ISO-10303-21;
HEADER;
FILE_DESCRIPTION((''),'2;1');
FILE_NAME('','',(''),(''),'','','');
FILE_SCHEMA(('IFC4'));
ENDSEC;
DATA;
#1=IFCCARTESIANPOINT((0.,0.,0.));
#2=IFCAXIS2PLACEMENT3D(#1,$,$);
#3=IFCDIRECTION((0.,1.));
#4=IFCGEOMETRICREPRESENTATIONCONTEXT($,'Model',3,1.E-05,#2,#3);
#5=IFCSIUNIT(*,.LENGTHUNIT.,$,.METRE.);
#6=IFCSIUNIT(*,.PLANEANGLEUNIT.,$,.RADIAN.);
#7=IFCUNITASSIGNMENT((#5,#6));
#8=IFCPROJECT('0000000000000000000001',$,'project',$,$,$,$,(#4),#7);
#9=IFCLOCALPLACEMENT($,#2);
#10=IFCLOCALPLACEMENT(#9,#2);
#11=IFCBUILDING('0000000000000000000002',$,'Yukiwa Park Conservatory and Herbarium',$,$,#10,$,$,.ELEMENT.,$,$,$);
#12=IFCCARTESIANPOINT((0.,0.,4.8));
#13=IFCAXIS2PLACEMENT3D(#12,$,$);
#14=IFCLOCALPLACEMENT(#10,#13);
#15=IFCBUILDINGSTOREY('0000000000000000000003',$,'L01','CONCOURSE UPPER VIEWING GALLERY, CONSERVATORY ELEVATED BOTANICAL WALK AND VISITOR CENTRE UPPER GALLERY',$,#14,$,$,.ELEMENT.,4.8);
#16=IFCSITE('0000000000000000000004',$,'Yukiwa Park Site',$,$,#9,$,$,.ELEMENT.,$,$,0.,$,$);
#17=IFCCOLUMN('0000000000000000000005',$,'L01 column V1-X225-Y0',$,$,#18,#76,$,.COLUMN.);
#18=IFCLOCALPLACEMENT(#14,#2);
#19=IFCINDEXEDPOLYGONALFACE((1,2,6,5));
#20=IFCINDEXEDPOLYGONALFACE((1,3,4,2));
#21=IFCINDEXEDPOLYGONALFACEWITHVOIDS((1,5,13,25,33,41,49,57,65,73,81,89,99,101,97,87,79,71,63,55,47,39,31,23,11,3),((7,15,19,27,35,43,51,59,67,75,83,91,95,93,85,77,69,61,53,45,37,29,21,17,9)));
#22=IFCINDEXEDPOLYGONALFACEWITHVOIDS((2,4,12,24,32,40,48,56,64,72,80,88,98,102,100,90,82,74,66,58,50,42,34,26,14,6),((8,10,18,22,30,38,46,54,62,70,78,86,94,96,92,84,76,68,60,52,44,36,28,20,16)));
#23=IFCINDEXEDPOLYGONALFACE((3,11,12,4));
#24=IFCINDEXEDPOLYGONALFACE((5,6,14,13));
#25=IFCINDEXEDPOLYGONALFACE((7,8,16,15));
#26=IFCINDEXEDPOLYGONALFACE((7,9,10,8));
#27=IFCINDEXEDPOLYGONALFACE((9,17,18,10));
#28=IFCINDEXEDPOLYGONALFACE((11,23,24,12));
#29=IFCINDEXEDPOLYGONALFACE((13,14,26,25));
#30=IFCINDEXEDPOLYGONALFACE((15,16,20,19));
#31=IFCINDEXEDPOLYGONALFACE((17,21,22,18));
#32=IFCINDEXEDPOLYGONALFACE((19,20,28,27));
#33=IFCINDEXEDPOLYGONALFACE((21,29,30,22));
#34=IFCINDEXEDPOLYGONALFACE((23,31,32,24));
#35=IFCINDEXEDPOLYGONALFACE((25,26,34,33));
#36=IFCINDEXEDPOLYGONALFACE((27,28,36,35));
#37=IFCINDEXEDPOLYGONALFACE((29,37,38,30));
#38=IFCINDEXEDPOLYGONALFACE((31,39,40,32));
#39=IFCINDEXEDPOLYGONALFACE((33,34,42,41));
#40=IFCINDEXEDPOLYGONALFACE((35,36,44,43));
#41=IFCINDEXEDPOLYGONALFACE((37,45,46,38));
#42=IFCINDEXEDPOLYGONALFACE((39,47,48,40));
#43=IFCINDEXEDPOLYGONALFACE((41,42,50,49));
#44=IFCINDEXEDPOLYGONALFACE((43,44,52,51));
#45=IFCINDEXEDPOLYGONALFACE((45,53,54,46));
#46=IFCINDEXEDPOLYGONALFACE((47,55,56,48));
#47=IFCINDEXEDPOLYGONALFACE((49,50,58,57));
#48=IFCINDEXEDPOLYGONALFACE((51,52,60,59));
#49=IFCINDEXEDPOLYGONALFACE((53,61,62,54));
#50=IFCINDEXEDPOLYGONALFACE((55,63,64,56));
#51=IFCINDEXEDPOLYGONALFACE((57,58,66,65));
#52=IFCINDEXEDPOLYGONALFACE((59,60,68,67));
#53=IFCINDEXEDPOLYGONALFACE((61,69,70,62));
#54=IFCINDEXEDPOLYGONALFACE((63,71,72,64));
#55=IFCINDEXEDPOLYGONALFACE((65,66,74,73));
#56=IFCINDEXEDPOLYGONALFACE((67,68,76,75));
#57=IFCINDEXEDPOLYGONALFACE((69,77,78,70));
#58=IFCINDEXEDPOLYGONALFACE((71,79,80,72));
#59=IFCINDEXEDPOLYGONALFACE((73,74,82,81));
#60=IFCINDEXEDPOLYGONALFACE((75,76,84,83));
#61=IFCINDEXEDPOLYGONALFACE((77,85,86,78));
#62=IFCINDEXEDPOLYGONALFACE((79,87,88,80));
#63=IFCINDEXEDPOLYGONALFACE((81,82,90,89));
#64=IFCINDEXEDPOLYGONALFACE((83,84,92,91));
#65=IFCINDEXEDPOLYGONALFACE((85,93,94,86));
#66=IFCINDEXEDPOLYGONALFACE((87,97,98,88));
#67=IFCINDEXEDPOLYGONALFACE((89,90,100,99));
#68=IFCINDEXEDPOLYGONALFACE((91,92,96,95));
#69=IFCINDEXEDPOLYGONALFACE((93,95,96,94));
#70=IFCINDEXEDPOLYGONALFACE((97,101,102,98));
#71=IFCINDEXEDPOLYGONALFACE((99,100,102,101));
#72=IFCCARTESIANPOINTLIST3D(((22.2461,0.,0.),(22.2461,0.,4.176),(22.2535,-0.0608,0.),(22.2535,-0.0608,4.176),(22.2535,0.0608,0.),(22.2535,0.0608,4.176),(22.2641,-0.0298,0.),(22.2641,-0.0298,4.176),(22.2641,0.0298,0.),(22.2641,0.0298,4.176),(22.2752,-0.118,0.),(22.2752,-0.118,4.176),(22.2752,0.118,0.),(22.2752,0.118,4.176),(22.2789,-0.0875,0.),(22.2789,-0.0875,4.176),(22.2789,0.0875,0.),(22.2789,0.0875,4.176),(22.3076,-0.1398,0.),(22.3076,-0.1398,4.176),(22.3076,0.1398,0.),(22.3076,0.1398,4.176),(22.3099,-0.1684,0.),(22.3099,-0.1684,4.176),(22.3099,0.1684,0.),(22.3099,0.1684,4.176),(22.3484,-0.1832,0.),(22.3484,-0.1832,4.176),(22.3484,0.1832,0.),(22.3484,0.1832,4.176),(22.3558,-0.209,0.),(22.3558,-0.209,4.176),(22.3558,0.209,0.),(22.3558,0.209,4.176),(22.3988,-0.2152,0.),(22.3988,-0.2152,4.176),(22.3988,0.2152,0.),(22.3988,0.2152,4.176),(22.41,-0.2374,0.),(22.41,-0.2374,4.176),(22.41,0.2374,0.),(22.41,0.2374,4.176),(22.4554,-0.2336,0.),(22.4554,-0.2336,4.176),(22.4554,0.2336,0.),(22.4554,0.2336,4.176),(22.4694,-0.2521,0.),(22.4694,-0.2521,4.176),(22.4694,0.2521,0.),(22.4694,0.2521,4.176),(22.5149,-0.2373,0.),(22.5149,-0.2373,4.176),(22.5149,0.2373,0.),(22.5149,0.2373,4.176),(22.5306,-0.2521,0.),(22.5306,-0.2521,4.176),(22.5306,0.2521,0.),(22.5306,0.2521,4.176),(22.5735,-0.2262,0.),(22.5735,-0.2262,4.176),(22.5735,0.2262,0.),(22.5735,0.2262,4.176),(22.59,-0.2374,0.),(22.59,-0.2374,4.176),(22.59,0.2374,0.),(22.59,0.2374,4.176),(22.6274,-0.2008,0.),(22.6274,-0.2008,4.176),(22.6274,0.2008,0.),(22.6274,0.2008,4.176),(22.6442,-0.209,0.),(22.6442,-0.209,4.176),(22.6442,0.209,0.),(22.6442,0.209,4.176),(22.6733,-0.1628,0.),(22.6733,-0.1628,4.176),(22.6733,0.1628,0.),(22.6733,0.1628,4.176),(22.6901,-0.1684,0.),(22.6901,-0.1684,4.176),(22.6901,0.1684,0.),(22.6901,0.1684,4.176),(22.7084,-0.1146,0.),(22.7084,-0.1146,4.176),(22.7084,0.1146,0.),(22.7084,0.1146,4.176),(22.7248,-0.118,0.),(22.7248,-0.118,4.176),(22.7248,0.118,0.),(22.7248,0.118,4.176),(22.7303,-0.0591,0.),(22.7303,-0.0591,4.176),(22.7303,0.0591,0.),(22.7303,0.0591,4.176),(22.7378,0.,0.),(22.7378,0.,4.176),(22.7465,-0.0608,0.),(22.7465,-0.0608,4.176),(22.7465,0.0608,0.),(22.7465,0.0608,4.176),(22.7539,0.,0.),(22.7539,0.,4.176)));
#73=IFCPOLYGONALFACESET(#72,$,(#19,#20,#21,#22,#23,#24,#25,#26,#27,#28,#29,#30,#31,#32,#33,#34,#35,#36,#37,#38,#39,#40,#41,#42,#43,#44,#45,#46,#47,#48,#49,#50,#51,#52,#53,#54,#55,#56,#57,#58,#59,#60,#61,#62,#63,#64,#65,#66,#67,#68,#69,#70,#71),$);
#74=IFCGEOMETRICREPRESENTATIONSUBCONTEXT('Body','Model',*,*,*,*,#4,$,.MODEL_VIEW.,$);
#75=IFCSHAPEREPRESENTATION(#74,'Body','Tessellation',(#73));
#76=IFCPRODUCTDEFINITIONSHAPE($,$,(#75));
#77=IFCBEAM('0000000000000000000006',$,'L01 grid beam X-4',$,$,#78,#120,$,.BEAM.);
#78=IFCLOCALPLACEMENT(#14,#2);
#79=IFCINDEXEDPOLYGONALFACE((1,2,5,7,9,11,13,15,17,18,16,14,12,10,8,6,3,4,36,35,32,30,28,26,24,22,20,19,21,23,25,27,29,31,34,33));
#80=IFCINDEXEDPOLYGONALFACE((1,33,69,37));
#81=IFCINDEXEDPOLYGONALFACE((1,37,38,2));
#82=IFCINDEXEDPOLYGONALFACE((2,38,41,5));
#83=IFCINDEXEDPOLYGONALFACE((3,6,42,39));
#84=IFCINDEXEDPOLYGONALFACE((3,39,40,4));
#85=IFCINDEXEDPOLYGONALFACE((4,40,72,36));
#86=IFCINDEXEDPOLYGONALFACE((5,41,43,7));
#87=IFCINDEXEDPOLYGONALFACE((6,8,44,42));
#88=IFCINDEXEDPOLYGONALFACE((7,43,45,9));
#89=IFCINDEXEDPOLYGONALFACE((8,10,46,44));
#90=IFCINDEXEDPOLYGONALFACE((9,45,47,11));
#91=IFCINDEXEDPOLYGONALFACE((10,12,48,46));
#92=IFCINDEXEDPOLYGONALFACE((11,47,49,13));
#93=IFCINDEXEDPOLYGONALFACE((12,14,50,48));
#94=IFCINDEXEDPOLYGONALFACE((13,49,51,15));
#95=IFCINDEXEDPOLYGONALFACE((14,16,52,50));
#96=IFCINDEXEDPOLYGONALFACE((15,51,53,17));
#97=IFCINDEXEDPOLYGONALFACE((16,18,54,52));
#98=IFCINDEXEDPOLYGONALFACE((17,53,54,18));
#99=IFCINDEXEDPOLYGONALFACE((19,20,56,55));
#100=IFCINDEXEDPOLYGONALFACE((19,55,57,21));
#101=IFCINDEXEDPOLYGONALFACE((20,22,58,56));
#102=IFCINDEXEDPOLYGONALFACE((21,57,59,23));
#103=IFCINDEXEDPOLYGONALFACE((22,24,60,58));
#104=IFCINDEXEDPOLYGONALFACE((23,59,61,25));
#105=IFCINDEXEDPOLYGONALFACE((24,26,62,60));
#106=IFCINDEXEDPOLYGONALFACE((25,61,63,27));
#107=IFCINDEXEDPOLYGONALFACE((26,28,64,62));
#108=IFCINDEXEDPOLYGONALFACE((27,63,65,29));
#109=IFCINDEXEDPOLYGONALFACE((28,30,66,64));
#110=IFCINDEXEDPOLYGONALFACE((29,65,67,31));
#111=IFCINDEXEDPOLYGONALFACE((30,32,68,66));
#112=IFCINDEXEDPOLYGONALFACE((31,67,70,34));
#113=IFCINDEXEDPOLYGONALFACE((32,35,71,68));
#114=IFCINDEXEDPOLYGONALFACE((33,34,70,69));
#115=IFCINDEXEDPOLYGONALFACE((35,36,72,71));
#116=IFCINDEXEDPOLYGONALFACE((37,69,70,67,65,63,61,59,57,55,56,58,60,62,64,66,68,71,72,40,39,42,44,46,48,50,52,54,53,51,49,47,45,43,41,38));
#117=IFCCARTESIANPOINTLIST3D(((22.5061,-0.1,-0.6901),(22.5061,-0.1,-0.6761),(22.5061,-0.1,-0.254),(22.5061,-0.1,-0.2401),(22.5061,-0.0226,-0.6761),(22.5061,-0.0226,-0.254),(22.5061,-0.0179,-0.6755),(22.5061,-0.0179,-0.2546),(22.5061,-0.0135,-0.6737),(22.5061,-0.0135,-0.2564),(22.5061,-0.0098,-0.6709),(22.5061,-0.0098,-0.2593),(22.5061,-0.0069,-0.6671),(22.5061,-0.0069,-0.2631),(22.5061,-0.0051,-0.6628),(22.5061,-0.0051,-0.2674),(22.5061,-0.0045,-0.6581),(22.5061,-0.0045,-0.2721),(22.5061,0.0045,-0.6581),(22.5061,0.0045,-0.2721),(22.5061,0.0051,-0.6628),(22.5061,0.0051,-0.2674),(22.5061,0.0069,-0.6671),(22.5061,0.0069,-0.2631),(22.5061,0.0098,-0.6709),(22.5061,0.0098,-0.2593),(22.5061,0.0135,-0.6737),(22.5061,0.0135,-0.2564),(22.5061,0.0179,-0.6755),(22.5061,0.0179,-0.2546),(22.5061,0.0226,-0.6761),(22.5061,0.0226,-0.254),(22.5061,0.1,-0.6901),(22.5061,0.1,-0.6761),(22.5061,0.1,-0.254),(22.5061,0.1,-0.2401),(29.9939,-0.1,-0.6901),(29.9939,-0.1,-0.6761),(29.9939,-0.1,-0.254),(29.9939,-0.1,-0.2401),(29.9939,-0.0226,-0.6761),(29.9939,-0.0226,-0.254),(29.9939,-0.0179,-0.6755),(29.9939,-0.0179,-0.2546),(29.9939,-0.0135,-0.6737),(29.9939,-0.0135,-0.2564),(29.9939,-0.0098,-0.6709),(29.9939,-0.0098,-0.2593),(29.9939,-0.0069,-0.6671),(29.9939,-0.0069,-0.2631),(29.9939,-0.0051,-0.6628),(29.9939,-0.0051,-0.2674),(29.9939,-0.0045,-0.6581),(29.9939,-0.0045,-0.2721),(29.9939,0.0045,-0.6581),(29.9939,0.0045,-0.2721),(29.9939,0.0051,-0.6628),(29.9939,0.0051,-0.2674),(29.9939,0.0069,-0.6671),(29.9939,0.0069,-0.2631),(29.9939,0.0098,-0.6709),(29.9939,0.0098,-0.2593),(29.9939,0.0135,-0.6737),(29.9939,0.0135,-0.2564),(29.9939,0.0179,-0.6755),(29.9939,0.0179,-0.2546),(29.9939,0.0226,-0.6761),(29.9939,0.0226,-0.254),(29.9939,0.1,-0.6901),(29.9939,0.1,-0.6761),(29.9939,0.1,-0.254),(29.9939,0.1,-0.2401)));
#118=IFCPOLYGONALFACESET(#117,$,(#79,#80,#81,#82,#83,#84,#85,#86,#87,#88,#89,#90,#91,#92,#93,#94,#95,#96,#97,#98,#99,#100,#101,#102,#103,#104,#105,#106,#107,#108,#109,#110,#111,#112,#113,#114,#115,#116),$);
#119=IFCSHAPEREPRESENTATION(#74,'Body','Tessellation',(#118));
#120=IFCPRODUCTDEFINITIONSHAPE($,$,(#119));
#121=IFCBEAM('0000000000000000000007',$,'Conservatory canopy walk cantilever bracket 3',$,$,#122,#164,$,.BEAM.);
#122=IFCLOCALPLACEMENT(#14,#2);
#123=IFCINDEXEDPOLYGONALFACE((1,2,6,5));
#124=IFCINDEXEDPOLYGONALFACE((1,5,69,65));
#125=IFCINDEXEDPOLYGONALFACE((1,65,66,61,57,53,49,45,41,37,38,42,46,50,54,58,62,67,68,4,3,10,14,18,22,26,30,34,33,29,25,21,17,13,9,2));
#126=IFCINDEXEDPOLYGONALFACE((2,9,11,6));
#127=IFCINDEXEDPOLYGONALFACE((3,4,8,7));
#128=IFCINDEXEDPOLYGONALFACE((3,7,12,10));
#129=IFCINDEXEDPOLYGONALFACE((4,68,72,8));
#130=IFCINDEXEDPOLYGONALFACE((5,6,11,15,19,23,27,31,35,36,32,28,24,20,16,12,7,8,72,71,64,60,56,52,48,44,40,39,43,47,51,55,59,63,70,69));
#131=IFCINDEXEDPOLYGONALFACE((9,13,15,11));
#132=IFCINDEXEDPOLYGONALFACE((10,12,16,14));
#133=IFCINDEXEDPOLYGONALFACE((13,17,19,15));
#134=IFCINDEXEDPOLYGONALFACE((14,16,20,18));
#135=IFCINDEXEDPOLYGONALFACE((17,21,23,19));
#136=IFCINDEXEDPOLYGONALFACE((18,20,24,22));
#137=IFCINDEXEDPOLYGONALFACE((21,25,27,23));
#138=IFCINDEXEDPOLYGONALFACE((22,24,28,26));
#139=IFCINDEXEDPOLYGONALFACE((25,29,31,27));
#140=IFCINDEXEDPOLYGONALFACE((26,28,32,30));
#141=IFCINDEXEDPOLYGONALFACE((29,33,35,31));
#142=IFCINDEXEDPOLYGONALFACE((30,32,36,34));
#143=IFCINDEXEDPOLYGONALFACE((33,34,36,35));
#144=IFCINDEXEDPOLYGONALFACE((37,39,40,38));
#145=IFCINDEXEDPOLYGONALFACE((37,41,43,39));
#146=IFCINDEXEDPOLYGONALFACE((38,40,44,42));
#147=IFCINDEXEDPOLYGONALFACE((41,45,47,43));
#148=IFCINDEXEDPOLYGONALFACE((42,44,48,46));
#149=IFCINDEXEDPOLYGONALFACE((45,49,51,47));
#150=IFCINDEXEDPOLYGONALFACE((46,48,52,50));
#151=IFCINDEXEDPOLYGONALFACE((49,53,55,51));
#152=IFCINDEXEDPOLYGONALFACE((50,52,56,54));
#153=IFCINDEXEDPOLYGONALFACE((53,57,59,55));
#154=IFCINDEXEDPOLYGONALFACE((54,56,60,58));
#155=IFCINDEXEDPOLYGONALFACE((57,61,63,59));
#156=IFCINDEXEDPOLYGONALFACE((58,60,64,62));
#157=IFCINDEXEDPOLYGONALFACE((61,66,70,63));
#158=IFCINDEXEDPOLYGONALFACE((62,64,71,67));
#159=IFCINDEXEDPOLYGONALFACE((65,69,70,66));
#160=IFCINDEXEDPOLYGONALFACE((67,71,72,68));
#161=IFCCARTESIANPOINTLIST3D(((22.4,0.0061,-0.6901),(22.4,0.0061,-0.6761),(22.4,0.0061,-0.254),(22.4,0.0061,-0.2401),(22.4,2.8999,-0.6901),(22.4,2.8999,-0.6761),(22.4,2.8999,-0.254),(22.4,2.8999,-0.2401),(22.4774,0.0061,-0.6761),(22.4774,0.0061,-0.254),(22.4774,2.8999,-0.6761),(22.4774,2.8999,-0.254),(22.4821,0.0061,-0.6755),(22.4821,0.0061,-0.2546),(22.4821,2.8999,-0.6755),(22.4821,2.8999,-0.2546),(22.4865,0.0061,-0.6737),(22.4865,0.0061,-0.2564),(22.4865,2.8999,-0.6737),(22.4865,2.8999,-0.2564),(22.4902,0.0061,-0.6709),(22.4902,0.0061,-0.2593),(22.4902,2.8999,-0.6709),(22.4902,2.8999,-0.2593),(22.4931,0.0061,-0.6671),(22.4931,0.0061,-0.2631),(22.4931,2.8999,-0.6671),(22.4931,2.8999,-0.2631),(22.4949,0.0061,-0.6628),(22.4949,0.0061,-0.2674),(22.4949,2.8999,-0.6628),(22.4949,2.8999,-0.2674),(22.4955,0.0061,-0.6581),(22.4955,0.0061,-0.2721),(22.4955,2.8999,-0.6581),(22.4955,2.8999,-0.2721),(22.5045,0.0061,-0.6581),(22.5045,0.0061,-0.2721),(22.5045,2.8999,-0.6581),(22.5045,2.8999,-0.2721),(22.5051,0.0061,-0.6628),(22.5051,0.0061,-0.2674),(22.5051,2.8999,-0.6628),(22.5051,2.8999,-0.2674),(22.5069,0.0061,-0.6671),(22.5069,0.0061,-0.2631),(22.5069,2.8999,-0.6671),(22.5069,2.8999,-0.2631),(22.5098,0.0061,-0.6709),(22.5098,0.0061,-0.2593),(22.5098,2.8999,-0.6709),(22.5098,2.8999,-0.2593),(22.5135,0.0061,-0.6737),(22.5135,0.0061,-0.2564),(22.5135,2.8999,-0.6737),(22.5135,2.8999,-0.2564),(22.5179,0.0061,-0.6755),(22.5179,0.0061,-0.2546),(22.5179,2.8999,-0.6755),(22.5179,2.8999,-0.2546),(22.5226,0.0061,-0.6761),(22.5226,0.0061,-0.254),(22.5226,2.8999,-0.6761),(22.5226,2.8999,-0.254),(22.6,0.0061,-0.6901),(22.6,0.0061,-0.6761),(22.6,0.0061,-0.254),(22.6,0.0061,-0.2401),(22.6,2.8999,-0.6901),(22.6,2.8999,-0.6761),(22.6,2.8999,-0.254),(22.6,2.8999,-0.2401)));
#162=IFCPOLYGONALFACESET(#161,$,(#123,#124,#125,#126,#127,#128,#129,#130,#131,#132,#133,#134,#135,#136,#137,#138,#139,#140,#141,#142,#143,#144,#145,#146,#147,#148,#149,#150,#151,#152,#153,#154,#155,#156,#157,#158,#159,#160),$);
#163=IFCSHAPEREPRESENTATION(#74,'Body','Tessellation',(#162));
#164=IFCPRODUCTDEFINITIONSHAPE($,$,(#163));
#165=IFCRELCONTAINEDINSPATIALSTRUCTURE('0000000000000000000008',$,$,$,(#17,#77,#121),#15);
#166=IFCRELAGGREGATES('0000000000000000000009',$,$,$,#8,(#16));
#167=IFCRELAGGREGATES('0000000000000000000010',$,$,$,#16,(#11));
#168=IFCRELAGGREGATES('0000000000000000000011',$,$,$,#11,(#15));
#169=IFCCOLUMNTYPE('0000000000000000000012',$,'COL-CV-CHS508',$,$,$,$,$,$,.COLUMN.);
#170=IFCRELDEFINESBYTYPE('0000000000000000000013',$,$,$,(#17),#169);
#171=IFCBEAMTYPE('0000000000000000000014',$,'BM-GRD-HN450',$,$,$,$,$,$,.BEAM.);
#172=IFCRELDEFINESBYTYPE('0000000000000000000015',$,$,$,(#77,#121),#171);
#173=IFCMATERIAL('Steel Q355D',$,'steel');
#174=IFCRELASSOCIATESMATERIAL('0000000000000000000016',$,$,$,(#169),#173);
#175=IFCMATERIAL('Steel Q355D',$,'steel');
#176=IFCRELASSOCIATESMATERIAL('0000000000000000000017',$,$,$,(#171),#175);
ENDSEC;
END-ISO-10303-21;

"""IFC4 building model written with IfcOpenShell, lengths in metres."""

from ifc_helpers import new_model, si_unit, direction, frame, origin, origin_2d, place, context, subcontext, project, spatial, hollow_circle, i_section, extrude, material, material_profile, profile_set, type_object, element, save


model = new_model("IFC4")

# Units and contexts
model_context = context("Model", 3, precision=1e-05, world=origin(), true_north=direction((0.0, 1.0)))
body_context = subcontext(model_context, "Body", "Model", "MODEL_VIEW")
ifc_project = project(units=[si_unit("LENGTHUNIT", "METRE"), si_unit("PLANEANGLEUNIT", "RADIAN")], contexts=[model_context])

# Site, building, storey
site_placement = place(None, origin())
site = spatial("IfcSite", under=ifc_project, at=site_placement, Name="Yukiwa Park Site", CompositionType="ELEMENT", RefElevation=0.0)
building_placement = place(site_placement, origin())
building = spatial("IfcBuilding", under=site, at=building_placement, Name="Yukiwa Park Conservatory and Herbarium", CompositionType="ELEMENT")
storey_placement = place(building_placement, frame((0.0, 0.0, 4.8)))
storey = spatial("IfcBuildingStorey", under=building, at=storey_placement, Name="L01", Description="CONCOURSE UPPER VIEWING GALLERY, CONSERVATORY ELEVATED BOTANICAL WALK AND VISITOR CENTRE UPPER GALLERY", CompositionType="ELEMENT", Elevation=4.8)

# Column
ifc_material_1 = material(Name="Steel Q355D", Category="steel")
ifc_material_profile_1 = material_profile(ifc_material_1, hollow_circle(Radius=0.2539, WallThickness=0.0161, at=origin_2d()), Name="CHS 508x16")
ifc_profile_set_1 = profile_set([ifc_material_profile_1], Name="Steel Q355D")
column_type = type_object("IfcColumnType", Name="COL-CV-CHS508", PredefinedType="COLUMN", material=ifc_profile_set_1)
column_placement = place(storey_placement, frame((22.5, 0.0, 0.0), z_axis=(0.0, 0.0, 1.0), x_axis=(1.0, 0.0, 0.0)))
element("IfcColumn", 1, at=column_placement, inside=storey, type_object=column_type, Name="L01 column V1-X225-Y0", PredefinedType="COLUMN", context=body_context, shape_type="SweptSolid", body=[
    extrude(hollow_circle(Radius=0.2539, WallThickness=0.0161, at=origin_2d()), origin(), (0.0, 0.0, 1.0), 4.176),
])

# Beams
ifc_material_2 = material(Name="Steel Q355D", Category="steel")
ifc_material_profile_2 = material_profile(ifc_material_2, i_section(OverallWidth=0.2, OverallDepth=0.45, WebThickness=0.009, FlangeThickness=0.0139, FilletRadius=0.0181, at=origin_2d()), Name="HN 450x200x9x14")
ifc_profile_set_2 = profile_set([ifc_material_profile_2], Name="Steel Q355D")
beam_type = type_object("IfcBeamType", Name="BM-GRD-HN450", PredefinedType="BEAM", material=ifc_profile_set_2)
beam_1_placement = place(storey_placement, frame((22.5061, 0.0, -0.4651), z_axis=(1.0, 0.0, 0.0), x_axis=(0.0, 1.0, 0.0)))
element("IfcBeam", 2, at=beam_1_placement, inside=storey, type_object=beam_type, Name="L01 grid beam X-4", PredefinedType="BEAM", context=body_context, shape_type="SweptSolid", body=[
    extrude(i_section(OverallWidth=0.2, OverallDepth=0.45, WebThickness=0.009, FlangeThickness=0.0139, FilletRadius=0.0181, at=origin_2d()), origin(), (0.0, 0.0, 1.0), 7.4878),
])
beam_2_placement = place(storey_placement, frame((22.5, 0.0061, -0.4651), z_axis=(0.0, 1.0, 0.0), x_axis=(-1.0, 0.0, 0.0)))
element("IfcBeam", 3, at=beam_2_placement, inside=storey, type_object=beam_type, Name="Conservatory canopy walk cantilever bracket 3", PredefinedType="BEAM", context=body_context, shape_type="SweptSolid", body=[
    extrude(i_section(OverallWidth=0.2, OverallDepth=0.45, WebThickness=0.009, FlangeThickness=0.0139, FilletRadius=0.0181, at=origin_2d()), origin(), (0.0, 0.0, 1.0), 2.8938),
])

save(model, "model.ifc")
